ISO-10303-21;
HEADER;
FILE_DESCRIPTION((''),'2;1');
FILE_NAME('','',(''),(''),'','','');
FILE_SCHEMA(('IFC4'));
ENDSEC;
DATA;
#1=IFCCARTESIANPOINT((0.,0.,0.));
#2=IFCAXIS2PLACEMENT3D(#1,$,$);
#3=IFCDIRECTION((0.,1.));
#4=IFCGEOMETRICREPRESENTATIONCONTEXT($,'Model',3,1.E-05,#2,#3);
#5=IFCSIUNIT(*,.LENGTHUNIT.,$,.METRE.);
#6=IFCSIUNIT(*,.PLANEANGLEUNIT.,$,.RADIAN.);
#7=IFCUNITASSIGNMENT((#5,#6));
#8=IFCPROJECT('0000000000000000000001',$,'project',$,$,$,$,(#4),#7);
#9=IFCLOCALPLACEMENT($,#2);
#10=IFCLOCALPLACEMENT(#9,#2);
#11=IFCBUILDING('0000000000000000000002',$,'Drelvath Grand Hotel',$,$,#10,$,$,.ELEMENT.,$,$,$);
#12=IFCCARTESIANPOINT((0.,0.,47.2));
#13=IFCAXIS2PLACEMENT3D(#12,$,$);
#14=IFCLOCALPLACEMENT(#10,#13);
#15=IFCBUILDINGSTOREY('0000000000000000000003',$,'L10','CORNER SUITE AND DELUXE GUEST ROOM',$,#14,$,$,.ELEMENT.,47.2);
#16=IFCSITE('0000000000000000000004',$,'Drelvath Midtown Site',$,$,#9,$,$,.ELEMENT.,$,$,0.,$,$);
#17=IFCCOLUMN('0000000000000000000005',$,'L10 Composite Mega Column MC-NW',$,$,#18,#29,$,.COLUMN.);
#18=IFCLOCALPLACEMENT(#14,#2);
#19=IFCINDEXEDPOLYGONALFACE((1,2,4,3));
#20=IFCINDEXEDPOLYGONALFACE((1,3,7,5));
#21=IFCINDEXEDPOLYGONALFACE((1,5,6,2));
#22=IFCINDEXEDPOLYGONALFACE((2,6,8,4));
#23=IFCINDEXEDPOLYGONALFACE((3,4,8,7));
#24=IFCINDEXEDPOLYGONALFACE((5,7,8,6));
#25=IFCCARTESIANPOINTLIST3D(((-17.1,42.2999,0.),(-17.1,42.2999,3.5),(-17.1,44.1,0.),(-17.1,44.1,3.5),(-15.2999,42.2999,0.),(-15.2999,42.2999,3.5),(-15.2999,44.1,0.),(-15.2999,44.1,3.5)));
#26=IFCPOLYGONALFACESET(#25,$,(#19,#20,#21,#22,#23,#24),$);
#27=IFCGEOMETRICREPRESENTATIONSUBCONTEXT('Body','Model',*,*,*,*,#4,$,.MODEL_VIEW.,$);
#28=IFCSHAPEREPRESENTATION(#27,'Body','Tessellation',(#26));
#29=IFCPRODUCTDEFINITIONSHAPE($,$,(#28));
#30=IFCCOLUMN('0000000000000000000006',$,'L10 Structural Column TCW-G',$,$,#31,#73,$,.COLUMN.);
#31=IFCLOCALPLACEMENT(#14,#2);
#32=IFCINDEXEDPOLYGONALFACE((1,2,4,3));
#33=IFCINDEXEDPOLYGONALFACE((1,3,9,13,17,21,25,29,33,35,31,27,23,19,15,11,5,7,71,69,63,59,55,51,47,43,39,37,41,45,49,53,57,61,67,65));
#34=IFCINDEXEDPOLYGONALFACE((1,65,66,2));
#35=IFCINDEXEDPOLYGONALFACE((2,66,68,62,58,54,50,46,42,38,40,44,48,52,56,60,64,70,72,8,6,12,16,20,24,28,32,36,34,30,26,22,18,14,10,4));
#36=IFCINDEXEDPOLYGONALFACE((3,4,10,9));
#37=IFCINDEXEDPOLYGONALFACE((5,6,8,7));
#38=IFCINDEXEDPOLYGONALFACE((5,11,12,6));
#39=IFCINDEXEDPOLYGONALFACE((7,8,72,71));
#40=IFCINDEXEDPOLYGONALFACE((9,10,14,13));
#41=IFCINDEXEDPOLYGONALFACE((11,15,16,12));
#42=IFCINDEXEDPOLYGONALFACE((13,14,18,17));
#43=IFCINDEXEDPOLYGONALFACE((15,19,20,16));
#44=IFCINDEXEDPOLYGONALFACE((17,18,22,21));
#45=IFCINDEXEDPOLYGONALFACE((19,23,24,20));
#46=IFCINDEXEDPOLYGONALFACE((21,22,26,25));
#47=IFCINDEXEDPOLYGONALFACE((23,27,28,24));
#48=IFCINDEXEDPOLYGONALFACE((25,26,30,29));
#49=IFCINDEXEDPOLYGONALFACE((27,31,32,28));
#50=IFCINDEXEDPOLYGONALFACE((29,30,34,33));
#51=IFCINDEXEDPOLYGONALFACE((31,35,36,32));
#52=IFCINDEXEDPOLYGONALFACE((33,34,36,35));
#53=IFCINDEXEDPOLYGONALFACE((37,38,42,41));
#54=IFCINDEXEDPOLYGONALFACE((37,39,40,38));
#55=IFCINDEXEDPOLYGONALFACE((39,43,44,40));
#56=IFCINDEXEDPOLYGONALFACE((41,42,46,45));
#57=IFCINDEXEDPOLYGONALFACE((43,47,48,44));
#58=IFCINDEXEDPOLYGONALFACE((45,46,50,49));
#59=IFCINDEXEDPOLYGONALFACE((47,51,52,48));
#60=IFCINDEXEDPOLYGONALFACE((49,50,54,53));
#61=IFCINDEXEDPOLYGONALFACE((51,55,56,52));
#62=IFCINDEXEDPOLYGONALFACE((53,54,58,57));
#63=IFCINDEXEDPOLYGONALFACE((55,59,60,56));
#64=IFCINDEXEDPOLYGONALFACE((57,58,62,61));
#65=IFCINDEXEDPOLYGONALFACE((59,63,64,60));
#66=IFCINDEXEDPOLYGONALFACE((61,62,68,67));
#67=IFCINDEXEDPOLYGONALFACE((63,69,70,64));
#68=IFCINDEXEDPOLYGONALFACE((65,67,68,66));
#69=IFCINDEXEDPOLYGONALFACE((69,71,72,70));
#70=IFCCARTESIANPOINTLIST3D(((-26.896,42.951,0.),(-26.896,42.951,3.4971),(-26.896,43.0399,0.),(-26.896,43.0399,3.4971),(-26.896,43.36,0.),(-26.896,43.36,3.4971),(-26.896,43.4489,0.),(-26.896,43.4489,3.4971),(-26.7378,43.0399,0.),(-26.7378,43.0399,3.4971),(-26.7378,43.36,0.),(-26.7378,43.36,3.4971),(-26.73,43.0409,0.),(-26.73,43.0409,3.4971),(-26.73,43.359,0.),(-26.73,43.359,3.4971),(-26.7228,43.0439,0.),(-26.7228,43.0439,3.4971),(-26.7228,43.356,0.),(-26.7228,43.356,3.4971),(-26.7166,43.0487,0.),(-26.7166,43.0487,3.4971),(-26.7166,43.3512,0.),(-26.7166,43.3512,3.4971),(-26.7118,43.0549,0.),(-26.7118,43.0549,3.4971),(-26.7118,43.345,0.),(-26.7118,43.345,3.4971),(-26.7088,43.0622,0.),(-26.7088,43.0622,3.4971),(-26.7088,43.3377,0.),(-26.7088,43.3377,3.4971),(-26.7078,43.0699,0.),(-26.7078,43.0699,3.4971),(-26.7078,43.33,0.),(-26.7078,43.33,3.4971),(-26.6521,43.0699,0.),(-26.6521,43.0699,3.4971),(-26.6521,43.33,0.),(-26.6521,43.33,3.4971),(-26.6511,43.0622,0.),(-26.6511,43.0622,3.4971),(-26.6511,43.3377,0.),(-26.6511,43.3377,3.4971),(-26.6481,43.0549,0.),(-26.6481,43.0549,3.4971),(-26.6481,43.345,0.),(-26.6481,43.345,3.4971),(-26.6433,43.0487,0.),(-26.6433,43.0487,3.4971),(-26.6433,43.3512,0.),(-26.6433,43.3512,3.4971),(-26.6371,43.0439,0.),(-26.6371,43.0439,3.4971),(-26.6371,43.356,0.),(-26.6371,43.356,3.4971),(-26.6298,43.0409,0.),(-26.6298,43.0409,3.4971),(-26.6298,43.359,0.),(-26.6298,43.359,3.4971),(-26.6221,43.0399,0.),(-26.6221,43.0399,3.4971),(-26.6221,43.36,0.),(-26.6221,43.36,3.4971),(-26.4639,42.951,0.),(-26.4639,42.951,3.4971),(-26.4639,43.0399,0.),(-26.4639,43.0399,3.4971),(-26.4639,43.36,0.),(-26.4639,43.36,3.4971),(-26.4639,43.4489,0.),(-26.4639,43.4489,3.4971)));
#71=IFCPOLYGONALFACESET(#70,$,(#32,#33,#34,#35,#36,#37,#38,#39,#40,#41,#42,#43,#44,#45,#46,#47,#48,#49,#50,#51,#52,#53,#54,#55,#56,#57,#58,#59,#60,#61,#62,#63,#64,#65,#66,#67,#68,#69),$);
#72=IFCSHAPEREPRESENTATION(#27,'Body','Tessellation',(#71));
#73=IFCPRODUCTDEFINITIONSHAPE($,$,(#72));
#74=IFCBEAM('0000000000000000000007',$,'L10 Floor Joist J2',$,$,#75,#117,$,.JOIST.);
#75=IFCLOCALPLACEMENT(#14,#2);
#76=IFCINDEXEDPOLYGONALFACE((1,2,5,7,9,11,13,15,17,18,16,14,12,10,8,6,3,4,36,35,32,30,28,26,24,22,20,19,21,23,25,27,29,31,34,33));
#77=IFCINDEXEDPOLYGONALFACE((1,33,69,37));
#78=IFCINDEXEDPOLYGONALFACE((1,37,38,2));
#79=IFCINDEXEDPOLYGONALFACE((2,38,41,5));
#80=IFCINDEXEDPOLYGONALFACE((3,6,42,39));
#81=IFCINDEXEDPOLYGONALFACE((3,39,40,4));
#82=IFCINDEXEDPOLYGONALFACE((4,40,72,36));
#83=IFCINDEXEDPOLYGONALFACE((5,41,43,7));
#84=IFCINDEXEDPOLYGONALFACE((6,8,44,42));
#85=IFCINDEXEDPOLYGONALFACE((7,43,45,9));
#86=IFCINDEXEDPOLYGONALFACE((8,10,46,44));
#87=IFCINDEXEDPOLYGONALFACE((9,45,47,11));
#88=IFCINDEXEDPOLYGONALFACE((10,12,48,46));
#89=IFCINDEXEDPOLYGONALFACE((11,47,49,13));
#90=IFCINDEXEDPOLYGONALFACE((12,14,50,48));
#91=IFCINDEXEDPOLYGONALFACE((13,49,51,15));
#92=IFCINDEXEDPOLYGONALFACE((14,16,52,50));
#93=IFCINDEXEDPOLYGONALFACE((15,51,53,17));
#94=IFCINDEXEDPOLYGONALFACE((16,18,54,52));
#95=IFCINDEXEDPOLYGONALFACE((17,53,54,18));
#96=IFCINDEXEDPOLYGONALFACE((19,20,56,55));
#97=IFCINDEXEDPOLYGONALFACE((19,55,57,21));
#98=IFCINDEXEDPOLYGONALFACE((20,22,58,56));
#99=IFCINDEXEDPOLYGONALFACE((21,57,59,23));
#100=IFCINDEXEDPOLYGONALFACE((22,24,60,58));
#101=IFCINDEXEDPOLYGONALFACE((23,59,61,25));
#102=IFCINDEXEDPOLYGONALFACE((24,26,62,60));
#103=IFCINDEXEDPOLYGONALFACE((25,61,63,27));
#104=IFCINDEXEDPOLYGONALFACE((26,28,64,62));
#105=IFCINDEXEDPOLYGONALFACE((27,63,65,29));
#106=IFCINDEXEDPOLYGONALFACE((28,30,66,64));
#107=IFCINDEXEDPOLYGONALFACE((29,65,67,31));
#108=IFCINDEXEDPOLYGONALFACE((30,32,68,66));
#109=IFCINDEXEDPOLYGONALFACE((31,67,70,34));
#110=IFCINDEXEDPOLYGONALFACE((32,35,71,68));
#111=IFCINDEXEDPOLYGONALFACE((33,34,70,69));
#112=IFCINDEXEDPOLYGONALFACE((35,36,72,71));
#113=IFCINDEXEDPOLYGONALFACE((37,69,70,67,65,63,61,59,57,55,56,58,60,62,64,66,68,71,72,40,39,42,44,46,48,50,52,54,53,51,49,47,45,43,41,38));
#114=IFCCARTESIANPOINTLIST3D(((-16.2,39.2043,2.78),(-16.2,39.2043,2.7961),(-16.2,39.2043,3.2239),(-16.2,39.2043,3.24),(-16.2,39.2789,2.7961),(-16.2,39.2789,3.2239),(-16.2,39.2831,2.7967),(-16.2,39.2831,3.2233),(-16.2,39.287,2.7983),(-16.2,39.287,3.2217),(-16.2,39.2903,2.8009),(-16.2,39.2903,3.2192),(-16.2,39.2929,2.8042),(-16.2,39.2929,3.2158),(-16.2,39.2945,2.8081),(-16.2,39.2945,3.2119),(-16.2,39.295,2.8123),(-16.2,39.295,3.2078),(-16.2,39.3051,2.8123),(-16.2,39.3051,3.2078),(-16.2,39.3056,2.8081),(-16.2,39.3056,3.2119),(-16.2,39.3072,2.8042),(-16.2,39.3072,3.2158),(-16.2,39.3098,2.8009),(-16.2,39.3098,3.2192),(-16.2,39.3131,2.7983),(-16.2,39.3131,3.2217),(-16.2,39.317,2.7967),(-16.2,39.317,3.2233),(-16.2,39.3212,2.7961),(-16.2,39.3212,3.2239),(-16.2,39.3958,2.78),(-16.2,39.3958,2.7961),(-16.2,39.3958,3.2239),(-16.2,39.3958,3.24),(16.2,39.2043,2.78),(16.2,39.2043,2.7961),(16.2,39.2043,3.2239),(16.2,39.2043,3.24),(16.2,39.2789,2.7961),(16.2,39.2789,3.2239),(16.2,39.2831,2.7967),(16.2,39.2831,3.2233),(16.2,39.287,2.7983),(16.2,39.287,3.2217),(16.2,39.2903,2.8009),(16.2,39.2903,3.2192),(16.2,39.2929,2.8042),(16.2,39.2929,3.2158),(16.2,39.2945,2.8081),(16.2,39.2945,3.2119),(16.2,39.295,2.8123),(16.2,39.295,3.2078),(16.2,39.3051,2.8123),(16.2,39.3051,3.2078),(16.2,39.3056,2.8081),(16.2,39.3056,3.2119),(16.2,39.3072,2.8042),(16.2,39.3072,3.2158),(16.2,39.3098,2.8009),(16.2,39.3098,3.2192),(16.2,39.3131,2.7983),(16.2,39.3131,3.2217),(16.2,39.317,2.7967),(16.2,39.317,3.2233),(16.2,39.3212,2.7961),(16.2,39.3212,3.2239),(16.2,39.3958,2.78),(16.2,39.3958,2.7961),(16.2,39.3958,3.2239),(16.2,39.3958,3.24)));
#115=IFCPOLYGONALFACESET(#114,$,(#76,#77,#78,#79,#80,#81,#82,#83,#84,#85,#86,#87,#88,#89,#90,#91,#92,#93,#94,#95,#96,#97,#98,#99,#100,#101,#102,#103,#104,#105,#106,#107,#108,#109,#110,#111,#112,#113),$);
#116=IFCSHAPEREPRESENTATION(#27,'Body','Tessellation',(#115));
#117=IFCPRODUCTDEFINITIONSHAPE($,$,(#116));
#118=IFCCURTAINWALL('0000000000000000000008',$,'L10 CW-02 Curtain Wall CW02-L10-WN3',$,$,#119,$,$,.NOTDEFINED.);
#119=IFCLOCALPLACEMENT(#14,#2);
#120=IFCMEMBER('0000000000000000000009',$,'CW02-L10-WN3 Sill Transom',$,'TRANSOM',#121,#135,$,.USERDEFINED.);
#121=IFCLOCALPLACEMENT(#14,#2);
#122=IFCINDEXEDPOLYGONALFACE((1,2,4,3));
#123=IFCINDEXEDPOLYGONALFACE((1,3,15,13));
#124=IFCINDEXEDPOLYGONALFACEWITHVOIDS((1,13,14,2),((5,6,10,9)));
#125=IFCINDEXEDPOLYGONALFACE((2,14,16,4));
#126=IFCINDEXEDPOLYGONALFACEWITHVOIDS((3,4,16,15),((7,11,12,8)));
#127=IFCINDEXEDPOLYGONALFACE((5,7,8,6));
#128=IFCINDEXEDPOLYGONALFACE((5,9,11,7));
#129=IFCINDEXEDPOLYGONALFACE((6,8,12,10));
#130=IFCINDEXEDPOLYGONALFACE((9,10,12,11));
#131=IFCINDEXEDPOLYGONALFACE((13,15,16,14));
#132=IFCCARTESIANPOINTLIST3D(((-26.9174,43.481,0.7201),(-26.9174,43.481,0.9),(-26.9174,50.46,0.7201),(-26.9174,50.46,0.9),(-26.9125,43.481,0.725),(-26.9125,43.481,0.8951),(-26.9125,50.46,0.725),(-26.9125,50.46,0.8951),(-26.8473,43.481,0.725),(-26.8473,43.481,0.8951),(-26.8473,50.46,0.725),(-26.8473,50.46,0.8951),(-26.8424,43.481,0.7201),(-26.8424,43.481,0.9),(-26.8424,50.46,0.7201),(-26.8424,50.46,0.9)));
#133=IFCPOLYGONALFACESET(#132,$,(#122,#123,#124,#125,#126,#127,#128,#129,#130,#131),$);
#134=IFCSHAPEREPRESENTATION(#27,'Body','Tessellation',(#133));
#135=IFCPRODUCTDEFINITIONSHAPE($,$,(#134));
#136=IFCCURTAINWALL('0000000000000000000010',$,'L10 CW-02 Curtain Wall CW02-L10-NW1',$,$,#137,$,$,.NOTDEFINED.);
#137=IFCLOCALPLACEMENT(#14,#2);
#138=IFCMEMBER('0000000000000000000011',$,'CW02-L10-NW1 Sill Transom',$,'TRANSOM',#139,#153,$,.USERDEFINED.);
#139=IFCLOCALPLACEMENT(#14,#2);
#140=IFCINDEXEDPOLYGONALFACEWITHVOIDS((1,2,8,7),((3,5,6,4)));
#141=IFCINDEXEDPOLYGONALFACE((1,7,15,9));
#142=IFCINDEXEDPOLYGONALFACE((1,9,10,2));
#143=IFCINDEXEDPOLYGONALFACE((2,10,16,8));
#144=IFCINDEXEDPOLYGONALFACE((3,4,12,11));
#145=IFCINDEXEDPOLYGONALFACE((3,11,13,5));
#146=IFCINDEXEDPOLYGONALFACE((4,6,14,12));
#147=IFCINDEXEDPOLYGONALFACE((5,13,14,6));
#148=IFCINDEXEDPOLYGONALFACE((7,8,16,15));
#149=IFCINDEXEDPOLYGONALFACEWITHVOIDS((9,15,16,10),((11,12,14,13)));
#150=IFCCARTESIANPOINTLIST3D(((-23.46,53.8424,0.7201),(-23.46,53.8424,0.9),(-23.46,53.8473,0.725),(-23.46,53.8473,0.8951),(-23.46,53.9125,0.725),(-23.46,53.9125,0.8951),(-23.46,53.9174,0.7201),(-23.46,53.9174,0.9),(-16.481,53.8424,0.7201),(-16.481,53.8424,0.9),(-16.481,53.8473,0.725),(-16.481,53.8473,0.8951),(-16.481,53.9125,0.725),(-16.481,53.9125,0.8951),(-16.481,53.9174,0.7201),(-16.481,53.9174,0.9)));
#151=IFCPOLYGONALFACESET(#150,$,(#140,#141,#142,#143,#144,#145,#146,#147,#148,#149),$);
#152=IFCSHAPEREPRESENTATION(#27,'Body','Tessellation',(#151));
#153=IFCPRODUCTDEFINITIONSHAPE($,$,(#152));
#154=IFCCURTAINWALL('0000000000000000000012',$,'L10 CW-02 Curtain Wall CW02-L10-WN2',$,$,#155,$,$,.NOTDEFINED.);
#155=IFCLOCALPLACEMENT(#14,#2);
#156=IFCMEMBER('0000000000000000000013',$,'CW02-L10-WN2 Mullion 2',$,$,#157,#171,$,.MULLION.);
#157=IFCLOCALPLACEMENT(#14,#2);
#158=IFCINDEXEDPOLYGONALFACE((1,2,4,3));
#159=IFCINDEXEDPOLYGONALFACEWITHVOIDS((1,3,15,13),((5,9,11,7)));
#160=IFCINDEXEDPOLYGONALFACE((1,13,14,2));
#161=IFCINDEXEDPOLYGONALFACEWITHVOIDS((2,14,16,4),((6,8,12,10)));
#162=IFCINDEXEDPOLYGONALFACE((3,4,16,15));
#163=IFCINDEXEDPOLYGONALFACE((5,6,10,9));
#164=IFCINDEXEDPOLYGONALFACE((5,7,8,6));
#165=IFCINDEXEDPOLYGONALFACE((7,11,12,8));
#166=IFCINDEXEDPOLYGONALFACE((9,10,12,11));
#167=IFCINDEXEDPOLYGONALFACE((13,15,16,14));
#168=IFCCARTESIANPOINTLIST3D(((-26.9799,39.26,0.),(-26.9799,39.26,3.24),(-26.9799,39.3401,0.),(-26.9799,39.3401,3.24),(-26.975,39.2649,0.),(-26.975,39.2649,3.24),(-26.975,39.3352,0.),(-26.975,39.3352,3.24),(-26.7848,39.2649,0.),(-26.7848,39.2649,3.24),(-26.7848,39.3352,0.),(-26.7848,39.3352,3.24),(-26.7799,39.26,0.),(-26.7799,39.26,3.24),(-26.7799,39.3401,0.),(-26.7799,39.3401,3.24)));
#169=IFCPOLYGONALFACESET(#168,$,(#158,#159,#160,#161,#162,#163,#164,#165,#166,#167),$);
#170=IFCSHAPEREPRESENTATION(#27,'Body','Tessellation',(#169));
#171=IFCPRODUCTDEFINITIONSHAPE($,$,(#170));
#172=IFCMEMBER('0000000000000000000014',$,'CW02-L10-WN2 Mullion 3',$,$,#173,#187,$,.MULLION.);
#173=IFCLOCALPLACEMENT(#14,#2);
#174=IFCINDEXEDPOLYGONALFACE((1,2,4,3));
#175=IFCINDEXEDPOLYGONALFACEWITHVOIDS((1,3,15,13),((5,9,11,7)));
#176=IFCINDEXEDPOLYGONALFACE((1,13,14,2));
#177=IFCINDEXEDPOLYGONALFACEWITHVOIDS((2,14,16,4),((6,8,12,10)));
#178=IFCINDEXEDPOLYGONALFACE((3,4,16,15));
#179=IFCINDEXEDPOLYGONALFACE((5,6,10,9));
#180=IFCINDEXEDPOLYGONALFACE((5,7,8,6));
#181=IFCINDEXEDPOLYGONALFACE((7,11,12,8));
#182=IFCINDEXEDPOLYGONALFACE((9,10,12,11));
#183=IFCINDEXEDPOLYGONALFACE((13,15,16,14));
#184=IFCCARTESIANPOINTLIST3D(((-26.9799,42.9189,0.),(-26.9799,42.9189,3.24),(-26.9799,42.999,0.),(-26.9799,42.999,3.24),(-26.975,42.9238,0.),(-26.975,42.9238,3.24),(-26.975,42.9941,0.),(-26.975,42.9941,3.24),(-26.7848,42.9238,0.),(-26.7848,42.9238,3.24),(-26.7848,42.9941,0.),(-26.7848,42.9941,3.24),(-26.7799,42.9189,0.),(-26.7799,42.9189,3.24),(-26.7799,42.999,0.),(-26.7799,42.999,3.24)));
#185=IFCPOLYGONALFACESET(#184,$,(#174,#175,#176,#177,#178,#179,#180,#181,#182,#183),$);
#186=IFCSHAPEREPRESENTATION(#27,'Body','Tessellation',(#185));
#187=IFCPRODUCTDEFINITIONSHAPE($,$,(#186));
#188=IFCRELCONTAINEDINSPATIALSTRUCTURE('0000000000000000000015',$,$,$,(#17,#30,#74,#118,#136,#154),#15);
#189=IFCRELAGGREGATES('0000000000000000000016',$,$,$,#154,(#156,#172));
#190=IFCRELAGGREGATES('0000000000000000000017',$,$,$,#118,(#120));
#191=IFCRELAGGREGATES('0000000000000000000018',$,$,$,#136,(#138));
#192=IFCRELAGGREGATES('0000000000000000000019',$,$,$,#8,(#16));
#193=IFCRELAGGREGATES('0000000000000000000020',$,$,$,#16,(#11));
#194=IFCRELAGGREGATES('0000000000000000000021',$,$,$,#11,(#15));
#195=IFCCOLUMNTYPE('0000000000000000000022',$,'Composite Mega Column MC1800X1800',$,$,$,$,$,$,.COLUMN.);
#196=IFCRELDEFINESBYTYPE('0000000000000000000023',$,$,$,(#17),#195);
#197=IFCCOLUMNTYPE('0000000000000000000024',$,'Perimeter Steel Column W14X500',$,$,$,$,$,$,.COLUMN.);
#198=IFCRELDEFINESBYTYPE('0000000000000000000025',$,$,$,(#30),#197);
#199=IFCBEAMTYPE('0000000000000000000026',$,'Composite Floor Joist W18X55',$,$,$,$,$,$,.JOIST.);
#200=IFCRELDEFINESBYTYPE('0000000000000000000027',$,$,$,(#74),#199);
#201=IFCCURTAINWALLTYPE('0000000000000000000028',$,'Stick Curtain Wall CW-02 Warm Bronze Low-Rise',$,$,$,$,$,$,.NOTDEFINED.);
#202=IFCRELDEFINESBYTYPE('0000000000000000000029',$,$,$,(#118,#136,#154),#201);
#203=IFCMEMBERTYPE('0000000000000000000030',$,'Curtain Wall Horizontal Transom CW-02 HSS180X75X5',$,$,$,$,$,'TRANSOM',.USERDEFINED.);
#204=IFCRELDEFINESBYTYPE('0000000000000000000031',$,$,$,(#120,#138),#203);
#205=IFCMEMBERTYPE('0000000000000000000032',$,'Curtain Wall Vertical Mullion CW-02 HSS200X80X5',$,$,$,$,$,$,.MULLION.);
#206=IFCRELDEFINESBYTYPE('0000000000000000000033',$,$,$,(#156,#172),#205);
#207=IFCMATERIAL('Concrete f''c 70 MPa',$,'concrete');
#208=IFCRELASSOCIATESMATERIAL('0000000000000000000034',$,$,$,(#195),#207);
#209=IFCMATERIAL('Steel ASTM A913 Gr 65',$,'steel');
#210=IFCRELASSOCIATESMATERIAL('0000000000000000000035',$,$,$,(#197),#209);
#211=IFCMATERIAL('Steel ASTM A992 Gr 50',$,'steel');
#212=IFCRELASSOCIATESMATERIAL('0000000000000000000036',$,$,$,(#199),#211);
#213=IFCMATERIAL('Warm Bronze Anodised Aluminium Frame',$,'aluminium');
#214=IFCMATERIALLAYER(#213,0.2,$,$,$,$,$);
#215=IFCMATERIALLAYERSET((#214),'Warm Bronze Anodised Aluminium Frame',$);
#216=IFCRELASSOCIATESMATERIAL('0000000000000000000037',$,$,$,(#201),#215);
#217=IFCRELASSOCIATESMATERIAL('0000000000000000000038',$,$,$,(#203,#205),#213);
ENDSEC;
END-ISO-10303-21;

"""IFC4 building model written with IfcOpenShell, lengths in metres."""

from ifc_helpers import new_model, si_unit, direction, frame, origin, origin_2d, place, context, subcontext, project, spatial, rectangle, hollow_rectangle, i_section, extrude, material, layer, layer_set, material_profile, profile_set, type_object, element, aggregate, save


model = new_model("IFC4")

# Units and contexts
model_context = context("Model", 3, precision=1e-05, world=origin(), true_north=direction((0.0, 1.0)))
body_context = subcontext(model_context, "Body", "Model", "MODEL_VIEW")
ifc_project = project(units=[si_unit("LENGTHUNIT", "METRE"), si_unit("PLANEANGLEUNIT", "RADIAN")], contexts=[model_context])

# Site, building, storey
site_placement = place(None, origin())
site = spatial("IfcSite", under=ifc_project, at=site_placement, Name="Drelvath Midtown Site", CompositionType="ELEMENT", RefElevation=0.0)
building_placement = place(site_placement, origin())
building = spatial("IfcBuilding", under=site, at=building_placement, Name="Drelvath Grand Hotel", CompositionType="ELEMENT")
storey_placement = place(building_placement, frame((0.0, 0.0, 47.2)))
storey = spatial("IfcBuildingStorey", under=building, at=storey_placement, Name="L10", Description="CORNER SUITE AND DELUXE GUEST ROOM", CompositionType="ELEMENT", Elevation=47.2)

# Columns
ifc_material_1 = material(Name="Concrete f'c 70 MPa", Category="concrete")
ifc_material_profile_1 = material_profile(ifc_material_1, rectangle(XDim=1.8, YDim=1.8, at=origin_2d()), Name="MC1800X1800")
ifc_profile_set_1 = profile_set([ifc_material_profile_1], Name="Concrete f'c 70 MPa")
column_type_1 = type_object("IfcColumnType", Name="Composite Mega Column MC1800X1800", PredefinedType="COLUMN", material=ifc_profile_set_1)
column_1_placement = place(storey_placement, frame((-16.2, 43.2, 0.0), z_axis=(0.0, 0.0, 1.0), x_axis=(1.0, 0.0, 0.0)))
element("IfcColumn", 1, at=column_1_placement, inside=storey, type_object=column_type_1, Name="L10 Composite Mega Column MC-NW", PredefinedType="COLUMN", context=body_context, shape_type="SweptSolid", body=[
    extrude(rectangle(XDim=1.8, YDim=1.8, at=origin_2d()), origin(), (0.0, 0.0, 1.0), 3.5),
])
ifc_material_2 = material(Name="Steel ASTM A913 Gr 65", Category="steel")
ifc_material_profile_2 = material_profile(ifc_material_2, i_section(OverallWidth=0.4321, OverallDepth=0.4978, WebThickness=0.0557, FlangeThickness=0.0889, FilletRadius=0.03, at=origin_2d()), Name="W14X500")
ifc_profile_set_2 = profile_set([ifc_material_profile_2], Name="Steel ASTM A913 Gr 65")
column_type_2 = type_object("IfcColumnType", Name="Perimeter Steel Column W14X500", PredefinedType="COLUMN", material=ifc_profile_set_2)
column_2_placement = place(storey_placement, frame((-26.6799, 43.2, 0.0), z_axis=(0.0, 0.0, 1.0), x_axis=(1.0, 0.0, 0.0)))
element("IfcColumn", 2, at=column_2_placement, inside=storey, type_object=column_type_2, Name="L10 Structural Column TCW-G", PredefinedType="COLUMN", context=body_context, shape_type="SweptSolid", body=[
    extrude(i_section(OverallWidth=0.4321, OverallDepth=0.4978, WebThickness=0.0557, FlangeThickness=0.0889, FilletRadius=0.03, at=origin_2d()), origin(), (0.0, 0.0, 1.0), 3.4971),
])

# Beam
ifc_material_3 = material(Name="Steel ASTM A992 Gr 50", Category="steel")
ifc_material_profile_3 = material_profile(ifc_material_3, i_section(OverallWidth=0.1914, OverallDepth=0.46, WebThickness=0.01, FlangeThickness=0.0161, FilletRadius=0.0161, at=origin_2d()), Name="W18X55")
ifc_profile_set_3 = profile_set([ifc_material_profile_3], Name="Steel ASTM A992 Gr 50")
beam_type_1 = type_object("IfcBeamType", Name="Composite Floor Joist W18X55", PredefinedType="JOIST", material=ifc_profile_set_3)
beam_1_placement = place(storey_placement, frame((-16.2, 39.3, 3.01), z_axis=(1.0, 0.0, 0.0), x_axis=(0.0, 1.0, 0.0)))
element("IfcBeam", 3, at=beam_1_placement, inside=storey, type_object=beam_type_1, Name="L10 Floor Joist J2", PredefinedType="JOIST", context=body_context, shape_type="SweptSolid", body=[
    extrude(i_section(OverallWidth=0.1914, OverallDepth=0.46, WebThickness=0.01, FlangeThickness=0.0161, FilletRadius=0.0161, at=origin_2d()), origin(), (0.0, 0.0, 1.0), 32.3999),
])

# Curtain walls, members
ifc_material_4 = material(Name="Warm Bronze Anodised Aluminium Frame", Category="aluminium")
ifc_layer_1 = layer(ifc_material_4, 0.2)
ifc_layer_set_1 = layer_set([ifc_layer_1], Name="Warm Bronze Anodised Aluminium Frame")
curtain_wall_type = type_object("IfcCurtainWallType", Name="Stick Curtain Wall CW-02 Warm Bronze Low-Rise", PredefinedType="NOTDEFINED", material=ifc_layer_set_1)
curtain_wall_1_placement = place(storey_placement, origin())
curtain_wall_1 = element("IfcCurtainWall", 4, at=curtain_wall_1_placement, inside=storey, type_object=curtain_wall_type, Name="L10 CW-02 Curtain Wall CW02-L10-WN3", PredefinedType="NOTDEFINED")
ifc_material_profile_4 = material_profile(ifc_material_4, hollow_rectangle(XDim=0.075, YDim=0.1799, WallThickness=0.0049, at=origin_2d()), Name="HSS180X75X5")
ifc_profile_set_4 = profile_set([ifc_material_profile_4], Name="Warm Bronze Anodised Aluminium Frame")
member_type_1 = type_object("IfcMemberType", Name="Curtain Wall Horizontal Transom CW-02 HSS180X75X5", ElementType="TRANSOM", PredefinedType="USERDEFINED", material=ifc_profile_set_4)
member_1_placement = place(storey_placement, frame((-26.8799, 43.481, 0.8101), z_axis=(0.0, 1.0, 0.0), x_axis=(-1.0, 0.0, 0.0)))
member_1 = element("IfcMember", 5, at=member_1_placement, type_object=member_type_1, Name="CW02-L10-WN3 Sill Transom", ObjectType="TRANSOM", PredefinedType="USERDEFINED", context=body_context, shape_type="SweptSolid", body=[
    extrude(hollow_rectangle(XDim=0.075, YDim=0.1799, WallThickness=0.0049, at=origin_2d()), origin(), (0.0, 0.0, 1.0), 6.979),
])
curtain_wall_2_placement = place(storey_placement, origin())
curtain_wall_2 = element("IfcCurtainWall", 6, at=curtain_wall_2_placement, inside=storey, type_object=curtain_wall_type, Name="L10 CW-02 Curtain Wall CW02-L10-NW1", PredefinedType="NOTDEFINED")
member_2_placement = place(storey_placement, frame((-23.46, 53.8799, 0.8101), z_axis=(1.0, 0.0, 0.0), x_axis=(0.0, 1.0, 0.0)))
member_2 = element("IfcMember", 7, at=member_2_placement, type_object=member_type_1, Name="CW02-L10-NW1 Sill Transom", ObjectType="TRANSOM", PredefinedType="USERDEFINED", context=body_context, shape_type="SweptSolid", body=[
    extrude(hollow_rectangle(XDim=0.075, YDim=0.1799, WallThickness=0.0049, at=origin_2d()), origin(), (0.0, 0.0, 1.0), 6.979),
])

# Curtain wall, members
curtain_wall_3_placement = place(storey_placement, origin())
curtain_wall_3 = element("IfcCurtainWall", 8, at=curtain_wall_3_placement, inside=storey, type_object=curtain_wall_type, Name="L10 CW-02 Curtain Wall CW02-L10-WN2", PredefinedType="NOTDEFINED")
ifc_material_profile_5 = material_profile(ifc_material_4, hollow_rectangle(XDim=0.0801, YDim=0.2, WallThickness=0.0049, at=origin_2d()), Name="HSS200X80X5")
ifc_profile_set_5 = profile_set([ifc_material_profile_5], Name="Warm Bronze Anodised Aluminium Frame")
member_type_2 = type_object("IfcMemberType", Name="Curtain Wall Vertical Mullion CW-02 HSS200X80X5", PredefinedType="MULLION", material=ifc_profile_set_5)
member_3_placement = place(storey_placement, frame((-26.8799, 39.3, 0.0), z_axis=(0.0, 0.0, 1.0), x_axis=(0.0, 1.0, 0.0)))
member_3 = element("IfcMember", 9, at=member_3_placement, type_object=member_type_2, Name="CW02-L10-WN2 Mullion 2", PredefinedType="MULLION", context=body_context, shape_type="SweptSolid", body=[
    extrude(hollow_rectangle(XDim=0.0801, YDim=0.2, WallThickness=0.0049, at=origin_2d()), origin(), (0.0, 0.0, 1.0), 3.24),
])
member_4_placement = place(storey_placement, frame((-26.8799, 42.959, 0.0), z_axis=(0.0, 0.0, 1.0), x_axis=(0.0, 1.0, 0.0)))
member_4 = element("IfcMember", 10, at=member_4_placement, type_object=member_type_2, Name="CW02-L10-WN2 Mullion 3", PredefinedType="MULLION", context=body_context, shape_type="SweptSolid", body=[
    extrude(hollow_rectangle(XDim=0.0801, YDim=0.2, WallThickness=0.0049, at=origin_2d()), origin(), (0.0, 0.0, 1.0), 3.24),
])

aggregate(curtain_wall_3, [member_3, member_4])
aggregate(curtain_wall_1, [member_1])
aggregate(curtain_wall_2, [member_2])

save(model, "model.ifc")
